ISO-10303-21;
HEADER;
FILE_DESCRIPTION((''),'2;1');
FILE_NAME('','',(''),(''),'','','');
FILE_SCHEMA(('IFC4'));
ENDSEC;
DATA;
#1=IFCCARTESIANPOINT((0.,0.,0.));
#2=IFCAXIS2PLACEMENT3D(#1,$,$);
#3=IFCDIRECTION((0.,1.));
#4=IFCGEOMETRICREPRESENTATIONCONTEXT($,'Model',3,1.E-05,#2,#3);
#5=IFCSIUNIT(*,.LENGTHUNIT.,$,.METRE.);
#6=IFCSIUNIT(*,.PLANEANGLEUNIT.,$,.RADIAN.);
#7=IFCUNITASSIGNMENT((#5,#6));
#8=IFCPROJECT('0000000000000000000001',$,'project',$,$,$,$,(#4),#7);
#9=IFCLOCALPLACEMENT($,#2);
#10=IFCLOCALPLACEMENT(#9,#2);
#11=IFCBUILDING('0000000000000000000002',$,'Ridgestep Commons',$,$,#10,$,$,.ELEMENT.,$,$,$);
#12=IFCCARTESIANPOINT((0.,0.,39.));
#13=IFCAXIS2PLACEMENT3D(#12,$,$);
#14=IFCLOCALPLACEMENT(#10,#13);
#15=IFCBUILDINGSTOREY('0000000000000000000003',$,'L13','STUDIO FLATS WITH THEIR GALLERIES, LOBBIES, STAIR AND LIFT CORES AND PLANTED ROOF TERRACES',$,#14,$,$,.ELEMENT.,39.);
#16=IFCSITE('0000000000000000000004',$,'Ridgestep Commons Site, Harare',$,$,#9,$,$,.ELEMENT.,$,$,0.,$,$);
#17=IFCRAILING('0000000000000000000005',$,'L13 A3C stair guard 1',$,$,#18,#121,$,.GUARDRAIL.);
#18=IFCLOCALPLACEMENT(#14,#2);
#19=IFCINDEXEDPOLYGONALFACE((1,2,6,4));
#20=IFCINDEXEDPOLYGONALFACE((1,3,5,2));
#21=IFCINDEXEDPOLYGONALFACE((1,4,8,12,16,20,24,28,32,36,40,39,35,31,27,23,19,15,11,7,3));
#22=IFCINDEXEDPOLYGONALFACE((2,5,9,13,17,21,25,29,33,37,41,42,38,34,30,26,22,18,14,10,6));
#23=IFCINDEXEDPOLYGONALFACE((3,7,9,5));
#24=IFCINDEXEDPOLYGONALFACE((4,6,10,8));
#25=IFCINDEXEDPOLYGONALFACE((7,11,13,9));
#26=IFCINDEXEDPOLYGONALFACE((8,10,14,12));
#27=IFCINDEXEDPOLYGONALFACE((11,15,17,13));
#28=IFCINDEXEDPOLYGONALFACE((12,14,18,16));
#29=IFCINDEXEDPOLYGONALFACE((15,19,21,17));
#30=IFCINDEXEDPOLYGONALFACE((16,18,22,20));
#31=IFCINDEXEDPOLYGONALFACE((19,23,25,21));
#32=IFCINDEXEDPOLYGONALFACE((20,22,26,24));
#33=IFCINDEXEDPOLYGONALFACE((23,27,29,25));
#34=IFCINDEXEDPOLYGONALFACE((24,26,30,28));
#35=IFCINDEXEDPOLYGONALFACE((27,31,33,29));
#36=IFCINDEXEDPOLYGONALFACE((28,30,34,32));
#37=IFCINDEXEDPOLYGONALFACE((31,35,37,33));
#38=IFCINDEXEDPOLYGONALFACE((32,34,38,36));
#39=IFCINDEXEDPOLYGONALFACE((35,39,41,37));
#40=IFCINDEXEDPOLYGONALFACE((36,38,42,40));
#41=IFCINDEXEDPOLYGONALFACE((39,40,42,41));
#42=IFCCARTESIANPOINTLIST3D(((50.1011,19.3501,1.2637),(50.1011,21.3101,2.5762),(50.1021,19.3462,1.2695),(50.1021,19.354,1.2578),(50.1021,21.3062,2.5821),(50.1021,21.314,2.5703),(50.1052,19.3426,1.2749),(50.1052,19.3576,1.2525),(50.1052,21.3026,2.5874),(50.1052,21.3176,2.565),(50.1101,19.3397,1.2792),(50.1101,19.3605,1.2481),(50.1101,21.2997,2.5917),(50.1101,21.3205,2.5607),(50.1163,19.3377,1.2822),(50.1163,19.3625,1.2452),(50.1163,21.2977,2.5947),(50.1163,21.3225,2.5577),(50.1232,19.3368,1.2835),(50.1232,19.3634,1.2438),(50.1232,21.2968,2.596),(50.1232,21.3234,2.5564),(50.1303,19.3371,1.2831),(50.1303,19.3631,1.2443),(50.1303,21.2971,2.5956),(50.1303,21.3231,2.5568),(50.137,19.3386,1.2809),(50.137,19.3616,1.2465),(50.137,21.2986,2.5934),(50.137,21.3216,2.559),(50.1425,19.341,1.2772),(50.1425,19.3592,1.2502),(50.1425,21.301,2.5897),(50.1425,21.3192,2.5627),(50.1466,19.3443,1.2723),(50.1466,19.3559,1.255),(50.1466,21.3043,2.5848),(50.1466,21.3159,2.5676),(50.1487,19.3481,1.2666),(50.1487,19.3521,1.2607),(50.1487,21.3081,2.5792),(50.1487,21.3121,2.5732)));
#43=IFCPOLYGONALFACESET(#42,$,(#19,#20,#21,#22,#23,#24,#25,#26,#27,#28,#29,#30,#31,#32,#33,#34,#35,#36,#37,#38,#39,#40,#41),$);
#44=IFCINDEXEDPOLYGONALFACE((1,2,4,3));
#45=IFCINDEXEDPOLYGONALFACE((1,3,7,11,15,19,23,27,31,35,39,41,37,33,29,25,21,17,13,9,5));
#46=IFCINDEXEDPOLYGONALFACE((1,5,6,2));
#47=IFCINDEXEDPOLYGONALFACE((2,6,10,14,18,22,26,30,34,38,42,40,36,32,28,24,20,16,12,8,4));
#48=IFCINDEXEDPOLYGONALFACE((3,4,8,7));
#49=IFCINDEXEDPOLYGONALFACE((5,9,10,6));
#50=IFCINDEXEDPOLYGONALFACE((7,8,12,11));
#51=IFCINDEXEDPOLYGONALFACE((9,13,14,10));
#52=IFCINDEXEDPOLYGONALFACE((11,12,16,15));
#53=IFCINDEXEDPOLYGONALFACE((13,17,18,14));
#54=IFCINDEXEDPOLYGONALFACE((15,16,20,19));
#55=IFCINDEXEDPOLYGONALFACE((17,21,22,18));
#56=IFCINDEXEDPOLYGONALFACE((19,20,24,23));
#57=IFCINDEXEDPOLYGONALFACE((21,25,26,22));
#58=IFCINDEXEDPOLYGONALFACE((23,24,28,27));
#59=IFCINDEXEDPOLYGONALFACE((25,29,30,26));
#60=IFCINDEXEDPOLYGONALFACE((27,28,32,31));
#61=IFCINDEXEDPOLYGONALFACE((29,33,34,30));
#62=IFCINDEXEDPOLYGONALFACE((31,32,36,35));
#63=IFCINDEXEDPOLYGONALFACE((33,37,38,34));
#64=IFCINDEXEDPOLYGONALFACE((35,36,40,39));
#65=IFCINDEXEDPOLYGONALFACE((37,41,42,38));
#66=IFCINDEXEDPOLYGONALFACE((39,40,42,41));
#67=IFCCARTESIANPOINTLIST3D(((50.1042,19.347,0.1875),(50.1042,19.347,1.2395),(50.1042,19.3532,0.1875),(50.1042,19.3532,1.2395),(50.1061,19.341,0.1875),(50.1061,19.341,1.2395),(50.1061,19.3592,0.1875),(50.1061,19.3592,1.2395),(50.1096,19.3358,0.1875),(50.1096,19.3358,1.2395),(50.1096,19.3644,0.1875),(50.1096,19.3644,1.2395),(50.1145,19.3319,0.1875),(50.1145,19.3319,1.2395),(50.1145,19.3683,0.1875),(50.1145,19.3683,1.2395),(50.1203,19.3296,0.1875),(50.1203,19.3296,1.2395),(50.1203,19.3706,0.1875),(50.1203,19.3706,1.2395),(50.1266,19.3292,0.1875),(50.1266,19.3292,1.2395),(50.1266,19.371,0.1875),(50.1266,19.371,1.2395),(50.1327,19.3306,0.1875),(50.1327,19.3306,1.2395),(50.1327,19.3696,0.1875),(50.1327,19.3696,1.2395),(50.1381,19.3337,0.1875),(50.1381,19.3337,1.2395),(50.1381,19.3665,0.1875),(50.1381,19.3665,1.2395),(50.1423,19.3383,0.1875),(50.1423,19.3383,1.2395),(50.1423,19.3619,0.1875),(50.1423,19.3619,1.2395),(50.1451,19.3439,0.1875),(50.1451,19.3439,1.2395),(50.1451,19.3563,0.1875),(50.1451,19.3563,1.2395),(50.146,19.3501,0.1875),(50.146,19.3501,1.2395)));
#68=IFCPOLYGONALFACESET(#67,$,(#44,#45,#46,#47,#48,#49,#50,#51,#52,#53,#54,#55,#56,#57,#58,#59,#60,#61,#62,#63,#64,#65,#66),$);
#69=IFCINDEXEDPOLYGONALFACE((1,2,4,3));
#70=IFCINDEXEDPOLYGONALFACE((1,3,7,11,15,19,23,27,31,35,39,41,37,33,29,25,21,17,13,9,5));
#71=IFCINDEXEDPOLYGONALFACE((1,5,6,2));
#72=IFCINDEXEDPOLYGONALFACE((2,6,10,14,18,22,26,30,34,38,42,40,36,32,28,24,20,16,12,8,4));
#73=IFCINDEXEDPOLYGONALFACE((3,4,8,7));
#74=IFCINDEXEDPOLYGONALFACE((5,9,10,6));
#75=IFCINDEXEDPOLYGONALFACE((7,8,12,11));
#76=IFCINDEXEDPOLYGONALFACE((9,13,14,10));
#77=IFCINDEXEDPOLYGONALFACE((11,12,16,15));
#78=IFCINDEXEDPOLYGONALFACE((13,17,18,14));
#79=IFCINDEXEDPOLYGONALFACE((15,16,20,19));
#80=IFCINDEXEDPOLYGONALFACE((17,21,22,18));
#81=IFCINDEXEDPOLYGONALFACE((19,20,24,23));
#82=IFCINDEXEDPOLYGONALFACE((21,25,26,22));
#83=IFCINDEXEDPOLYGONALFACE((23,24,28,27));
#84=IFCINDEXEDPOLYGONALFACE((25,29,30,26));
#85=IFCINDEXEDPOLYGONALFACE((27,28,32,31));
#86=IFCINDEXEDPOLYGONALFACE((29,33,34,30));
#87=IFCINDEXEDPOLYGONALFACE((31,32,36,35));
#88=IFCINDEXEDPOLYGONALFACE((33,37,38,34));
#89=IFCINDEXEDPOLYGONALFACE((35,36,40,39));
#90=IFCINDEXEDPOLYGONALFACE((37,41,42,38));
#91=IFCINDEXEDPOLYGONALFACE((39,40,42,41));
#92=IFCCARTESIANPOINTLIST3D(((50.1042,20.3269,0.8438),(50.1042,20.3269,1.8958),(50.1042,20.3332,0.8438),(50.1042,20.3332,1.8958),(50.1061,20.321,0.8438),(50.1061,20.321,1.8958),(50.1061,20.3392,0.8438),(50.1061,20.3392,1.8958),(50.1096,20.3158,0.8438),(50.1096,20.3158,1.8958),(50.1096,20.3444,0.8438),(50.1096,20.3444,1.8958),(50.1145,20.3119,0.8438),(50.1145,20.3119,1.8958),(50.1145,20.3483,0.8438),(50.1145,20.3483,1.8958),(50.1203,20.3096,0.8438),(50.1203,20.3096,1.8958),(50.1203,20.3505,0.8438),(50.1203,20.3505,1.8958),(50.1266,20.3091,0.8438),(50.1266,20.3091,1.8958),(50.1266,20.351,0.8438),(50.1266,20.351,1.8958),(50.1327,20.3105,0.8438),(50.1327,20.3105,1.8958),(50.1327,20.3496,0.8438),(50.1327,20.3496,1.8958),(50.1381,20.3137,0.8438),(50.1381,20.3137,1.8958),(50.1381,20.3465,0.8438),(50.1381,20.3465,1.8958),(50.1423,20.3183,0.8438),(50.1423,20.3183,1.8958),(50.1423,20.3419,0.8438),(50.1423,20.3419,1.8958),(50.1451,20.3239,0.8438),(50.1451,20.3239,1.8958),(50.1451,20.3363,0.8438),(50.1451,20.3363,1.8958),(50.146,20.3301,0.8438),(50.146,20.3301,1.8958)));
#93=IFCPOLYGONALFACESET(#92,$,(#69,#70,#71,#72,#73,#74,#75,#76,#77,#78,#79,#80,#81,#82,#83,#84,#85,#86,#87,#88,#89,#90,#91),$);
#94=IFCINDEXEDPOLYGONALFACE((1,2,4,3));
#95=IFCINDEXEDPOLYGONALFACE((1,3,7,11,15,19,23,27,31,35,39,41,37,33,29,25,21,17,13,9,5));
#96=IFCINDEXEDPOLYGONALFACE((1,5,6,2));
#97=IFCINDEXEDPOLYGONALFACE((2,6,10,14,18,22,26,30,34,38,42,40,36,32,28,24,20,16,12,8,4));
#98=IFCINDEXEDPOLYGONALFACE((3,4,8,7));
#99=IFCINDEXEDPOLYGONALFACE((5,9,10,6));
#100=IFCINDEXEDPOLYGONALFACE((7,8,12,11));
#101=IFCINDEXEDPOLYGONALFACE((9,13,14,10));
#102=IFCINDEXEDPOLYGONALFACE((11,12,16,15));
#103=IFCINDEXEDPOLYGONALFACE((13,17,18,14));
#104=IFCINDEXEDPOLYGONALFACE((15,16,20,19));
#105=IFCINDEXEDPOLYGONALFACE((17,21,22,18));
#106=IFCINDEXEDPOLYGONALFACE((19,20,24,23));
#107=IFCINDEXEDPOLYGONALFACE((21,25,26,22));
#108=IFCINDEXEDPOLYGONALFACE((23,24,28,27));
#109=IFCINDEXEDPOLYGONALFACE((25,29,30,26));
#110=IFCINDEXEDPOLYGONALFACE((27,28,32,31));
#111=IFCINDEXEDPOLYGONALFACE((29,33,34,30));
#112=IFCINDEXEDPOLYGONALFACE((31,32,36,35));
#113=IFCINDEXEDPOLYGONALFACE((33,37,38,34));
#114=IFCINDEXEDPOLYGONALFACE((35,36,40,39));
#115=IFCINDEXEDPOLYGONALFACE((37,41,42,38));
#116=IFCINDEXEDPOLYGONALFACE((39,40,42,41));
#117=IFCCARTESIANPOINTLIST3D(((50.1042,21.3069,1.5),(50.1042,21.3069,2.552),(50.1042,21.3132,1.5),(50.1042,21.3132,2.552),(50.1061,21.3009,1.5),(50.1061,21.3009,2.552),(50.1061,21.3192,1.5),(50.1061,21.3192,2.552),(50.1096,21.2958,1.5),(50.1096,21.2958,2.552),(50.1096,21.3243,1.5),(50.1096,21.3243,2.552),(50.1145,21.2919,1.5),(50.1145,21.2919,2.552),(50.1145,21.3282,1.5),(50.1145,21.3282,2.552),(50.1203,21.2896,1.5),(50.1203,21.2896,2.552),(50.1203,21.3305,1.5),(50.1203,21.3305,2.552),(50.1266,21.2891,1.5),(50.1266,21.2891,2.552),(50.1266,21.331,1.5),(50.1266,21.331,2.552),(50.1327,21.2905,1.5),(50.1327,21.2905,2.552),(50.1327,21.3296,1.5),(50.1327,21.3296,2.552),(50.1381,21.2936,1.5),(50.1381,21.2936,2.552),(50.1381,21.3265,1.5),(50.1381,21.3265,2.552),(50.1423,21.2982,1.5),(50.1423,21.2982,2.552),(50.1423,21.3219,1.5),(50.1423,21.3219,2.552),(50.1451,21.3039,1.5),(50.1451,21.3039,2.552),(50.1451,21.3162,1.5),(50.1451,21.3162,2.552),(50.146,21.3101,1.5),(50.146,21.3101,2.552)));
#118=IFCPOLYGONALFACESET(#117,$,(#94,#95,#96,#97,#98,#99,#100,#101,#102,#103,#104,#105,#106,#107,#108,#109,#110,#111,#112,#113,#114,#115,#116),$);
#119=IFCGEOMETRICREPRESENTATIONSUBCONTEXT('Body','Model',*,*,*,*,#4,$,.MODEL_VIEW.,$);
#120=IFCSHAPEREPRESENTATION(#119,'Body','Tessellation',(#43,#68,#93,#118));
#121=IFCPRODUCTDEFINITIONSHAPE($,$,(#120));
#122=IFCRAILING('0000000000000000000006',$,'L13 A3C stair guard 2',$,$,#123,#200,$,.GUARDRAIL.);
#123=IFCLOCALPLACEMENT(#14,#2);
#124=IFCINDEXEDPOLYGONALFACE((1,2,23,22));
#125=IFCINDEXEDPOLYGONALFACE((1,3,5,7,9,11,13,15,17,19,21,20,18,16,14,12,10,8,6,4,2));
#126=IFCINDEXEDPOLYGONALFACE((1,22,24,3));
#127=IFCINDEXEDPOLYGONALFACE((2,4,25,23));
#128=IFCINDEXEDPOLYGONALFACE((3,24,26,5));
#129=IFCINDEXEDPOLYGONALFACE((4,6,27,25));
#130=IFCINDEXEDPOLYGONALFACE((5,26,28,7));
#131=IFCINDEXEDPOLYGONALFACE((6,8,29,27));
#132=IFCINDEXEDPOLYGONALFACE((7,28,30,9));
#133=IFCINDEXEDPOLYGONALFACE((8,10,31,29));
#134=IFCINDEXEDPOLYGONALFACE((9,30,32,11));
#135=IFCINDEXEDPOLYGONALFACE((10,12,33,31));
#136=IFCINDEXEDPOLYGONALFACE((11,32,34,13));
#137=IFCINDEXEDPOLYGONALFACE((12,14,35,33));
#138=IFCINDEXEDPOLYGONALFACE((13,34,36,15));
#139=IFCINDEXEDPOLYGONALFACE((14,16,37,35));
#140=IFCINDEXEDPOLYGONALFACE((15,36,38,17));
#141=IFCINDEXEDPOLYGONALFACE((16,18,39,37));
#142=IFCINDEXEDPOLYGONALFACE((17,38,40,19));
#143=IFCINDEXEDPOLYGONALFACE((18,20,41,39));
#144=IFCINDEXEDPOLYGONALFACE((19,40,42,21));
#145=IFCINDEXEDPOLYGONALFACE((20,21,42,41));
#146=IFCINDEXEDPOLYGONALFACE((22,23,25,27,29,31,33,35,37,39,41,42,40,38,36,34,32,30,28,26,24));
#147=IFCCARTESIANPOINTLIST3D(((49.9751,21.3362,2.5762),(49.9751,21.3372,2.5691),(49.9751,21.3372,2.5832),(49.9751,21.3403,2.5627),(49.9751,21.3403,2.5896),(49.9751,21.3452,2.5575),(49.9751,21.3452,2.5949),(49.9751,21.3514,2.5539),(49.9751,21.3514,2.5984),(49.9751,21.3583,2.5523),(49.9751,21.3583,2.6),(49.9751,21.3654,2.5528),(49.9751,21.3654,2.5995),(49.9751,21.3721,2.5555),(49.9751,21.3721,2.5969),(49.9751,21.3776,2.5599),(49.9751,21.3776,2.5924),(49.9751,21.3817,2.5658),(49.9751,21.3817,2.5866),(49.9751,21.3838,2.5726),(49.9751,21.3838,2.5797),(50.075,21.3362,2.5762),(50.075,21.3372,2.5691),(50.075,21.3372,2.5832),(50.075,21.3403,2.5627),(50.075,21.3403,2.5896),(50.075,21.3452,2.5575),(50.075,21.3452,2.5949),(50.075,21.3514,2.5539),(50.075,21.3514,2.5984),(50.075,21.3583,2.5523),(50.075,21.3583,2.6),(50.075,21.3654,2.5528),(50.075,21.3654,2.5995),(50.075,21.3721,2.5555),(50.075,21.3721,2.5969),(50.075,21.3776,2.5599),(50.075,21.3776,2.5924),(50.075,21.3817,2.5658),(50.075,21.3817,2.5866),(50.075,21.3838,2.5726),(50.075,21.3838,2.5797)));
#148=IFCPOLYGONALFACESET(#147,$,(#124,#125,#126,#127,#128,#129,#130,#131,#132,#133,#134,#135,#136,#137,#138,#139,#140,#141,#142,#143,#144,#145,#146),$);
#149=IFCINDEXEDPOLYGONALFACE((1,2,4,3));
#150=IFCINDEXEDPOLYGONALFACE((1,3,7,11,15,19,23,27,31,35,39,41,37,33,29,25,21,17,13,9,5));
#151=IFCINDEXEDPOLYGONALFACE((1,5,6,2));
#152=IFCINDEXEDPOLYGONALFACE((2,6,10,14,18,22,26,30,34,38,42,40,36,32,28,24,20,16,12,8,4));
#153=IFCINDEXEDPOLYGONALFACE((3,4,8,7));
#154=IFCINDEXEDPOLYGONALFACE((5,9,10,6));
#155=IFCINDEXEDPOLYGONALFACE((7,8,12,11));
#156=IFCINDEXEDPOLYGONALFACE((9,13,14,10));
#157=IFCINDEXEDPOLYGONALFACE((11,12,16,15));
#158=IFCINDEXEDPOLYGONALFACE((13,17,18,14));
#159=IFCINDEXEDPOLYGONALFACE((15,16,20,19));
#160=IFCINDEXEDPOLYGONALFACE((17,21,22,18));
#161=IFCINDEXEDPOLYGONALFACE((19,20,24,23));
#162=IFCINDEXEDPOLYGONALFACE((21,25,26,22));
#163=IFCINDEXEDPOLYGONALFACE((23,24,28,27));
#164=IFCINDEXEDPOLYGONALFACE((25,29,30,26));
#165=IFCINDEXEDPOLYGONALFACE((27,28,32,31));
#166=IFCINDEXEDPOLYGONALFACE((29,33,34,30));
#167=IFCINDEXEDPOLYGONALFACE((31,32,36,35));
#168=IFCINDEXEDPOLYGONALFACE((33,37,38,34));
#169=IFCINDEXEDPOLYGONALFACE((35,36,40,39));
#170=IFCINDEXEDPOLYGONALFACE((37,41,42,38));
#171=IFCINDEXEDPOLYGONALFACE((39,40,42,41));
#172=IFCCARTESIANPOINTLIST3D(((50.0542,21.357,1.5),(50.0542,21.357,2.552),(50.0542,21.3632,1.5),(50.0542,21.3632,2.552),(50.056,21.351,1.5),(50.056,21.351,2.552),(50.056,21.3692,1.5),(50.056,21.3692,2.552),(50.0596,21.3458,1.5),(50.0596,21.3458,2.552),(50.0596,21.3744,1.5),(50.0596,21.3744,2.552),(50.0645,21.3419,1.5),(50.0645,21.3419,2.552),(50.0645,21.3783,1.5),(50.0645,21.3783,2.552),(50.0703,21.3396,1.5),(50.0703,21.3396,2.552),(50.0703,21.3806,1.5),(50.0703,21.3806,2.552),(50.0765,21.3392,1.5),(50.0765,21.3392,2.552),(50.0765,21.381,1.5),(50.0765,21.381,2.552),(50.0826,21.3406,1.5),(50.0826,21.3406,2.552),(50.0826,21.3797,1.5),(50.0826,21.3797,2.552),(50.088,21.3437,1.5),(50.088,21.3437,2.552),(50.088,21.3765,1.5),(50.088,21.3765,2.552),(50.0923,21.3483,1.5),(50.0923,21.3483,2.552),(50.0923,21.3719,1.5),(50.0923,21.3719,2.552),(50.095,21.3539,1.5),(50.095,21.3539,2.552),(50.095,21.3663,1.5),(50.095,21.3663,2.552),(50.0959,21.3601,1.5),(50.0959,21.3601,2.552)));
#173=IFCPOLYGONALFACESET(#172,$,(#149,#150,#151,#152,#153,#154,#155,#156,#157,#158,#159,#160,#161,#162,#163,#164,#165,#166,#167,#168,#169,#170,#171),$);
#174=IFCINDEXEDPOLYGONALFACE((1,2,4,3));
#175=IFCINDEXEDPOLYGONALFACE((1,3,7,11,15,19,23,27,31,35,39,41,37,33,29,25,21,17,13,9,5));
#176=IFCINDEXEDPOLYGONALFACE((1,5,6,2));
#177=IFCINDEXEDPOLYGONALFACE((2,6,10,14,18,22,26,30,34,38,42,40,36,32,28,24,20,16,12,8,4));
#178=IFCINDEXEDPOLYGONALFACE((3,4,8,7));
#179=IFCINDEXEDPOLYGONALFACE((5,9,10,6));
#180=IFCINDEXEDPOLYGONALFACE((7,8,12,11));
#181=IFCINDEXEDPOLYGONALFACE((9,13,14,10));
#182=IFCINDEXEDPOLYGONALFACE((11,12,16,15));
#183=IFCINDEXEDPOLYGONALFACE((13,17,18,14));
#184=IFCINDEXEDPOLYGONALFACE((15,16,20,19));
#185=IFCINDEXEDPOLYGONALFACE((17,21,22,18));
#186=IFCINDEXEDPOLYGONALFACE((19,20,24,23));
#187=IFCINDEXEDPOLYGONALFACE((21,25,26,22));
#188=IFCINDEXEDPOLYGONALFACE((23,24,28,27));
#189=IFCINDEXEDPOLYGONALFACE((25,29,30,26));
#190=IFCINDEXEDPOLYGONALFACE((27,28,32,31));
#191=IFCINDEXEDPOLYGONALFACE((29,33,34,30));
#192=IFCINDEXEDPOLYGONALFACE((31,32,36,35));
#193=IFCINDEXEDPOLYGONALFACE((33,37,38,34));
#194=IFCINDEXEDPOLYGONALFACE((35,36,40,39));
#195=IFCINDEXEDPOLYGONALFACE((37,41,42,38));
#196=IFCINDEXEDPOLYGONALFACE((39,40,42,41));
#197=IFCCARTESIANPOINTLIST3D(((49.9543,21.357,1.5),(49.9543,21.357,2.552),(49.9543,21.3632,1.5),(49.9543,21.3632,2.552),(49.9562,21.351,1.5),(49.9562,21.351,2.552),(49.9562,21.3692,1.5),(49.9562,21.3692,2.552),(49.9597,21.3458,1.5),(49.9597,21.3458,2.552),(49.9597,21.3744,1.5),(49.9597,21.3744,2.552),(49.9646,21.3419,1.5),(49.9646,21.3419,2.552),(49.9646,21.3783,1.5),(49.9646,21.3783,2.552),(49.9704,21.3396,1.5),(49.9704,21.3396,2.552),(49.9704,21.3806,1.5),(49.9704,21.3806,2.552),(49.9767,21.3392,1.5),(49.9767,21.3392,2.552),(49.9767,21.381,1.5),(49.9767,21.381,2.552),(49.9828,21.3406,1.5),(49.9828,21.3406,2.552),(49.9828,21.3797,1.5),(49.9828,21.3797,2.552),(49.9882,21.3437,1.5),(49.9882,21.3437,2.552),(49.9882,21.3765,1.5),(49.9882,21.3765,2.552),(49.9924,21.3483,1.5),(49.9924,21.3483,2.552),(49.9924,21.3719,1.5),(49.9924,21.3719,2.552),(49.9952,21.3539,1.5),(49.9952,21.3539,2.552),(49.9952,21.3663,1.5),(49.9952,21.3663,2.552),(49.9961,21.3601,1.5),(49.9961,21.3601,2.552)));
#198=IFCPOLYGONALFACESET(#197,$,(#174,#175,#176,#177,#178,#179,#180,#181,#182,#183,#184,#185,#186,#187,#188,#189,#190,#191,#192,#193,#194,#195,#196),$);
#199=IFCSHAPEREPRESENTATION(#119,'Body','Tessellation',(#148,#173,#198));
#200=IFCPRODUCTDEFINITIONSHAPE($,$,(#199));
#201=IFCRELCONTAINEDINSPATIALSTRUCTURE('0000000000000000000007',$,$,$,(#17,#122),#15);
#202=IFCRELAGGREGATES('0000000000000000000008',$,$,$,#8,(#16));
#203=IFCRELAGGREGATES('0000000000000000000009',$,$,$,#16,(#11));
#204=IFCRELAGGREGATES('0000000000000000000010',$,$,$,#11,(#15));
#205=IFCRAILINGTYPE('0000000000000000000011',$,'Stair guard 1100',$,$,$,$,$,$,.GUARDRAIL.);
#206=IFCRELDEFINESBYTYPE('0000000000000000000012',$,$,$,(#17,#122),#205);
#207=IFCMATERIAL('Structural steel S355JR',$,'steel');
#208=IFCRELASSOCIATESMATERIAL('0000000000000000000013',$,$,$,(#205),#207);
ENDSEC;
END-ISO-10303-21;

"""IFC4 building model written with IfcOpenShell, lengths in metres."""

from ifc_helpers import new_model, si_unit, direction, frame, origin, origin_2d, place, context, subcontext, project, spatial, circle, extrude, material, type_object, element, save


model = new_model("IFC4")

# Units and contexts
model_context = context("Model", 3, precision=1e-05, world=origin(), true_north=direction((0.0, 1.0)))
body_context = subcontext(model_context, "Body", "Model", "MODEL_VIEW")
ifc_project = project(units=[si_unit("LENGTHUNIT", "METRE"), si_unit("PLANEANGLEUNIT", "RADIAN")], contexts=[model_context])

# Site, building, storey
site_placement = place(None, origin())
site = spatial("IfcSite", under=ifc_project, at=site_placement, Name="Ridgestep Commons Site, Harare", CompositionType="ELEMENT", RefElevation=0.0)
building_placement = place(site_placement, origin())
building = spatial("IfcBuilding", under=site, at=building_placement, Name="Ridgestep Commons", CompositionType="ELEMENT")
storey_placement = place(building_placement, frame((0.0, 0.0, 39.0)))
storey = spatial("IfcBuildingStorey", under=building, at=storey_placement, Name="L13", Description="STUDIO FLATS WITH THEIR GALLERIES, LOBBIES, STAIR AND LIFT CORES AND PLANTED ROOF TERRACES", CompositionType="ELEMENT", Elevation=39.0)

# Railings
ifc_material_1 = material(Name="Structural steel S355JR", Category="steel")
railing_type_1 = type_object("IfcRailingType", Name="Stair guard 1100", PredefinedType="GUARDRAIL", material=ifc_material_1)
railing_1_placement = place(storey_placement, frame((50.125, 19.3501, 0.1875)))
element("IfcRailing", 1, at=railing_1_placement, inside=storey, type_object=railing_type_1, Name="L13 A3C stair guard 1", PredefinedType="GUARDRAIL", context=body_context, shape_type="SweptSolid", body=[
    extrude(circle(Radius=0.0239, at=origin_2d()), frame((0.0, 0.0, 1.0762), z_axis=(0.0, 0.830902, 0.556419), x_axis=(-1.0, 0.0, 0.0)), (0.0, 0.0, 1.0), 2.3589),
    extrude(circle(Radius=0.021, at=origin_2d()), origin(), (0.0, 0.0, 1.0), 1.052),
    extrude(circle(Radius=0.021, at=origin_2d()), frame((0.0, 0.98, 0.6562)), (0.0, 0.0, 1.0), 1.052),
    extrude(circle(Radius=0.021, at=origin_2d()), frame((0.0, 1.96, 1.3125)), (0.0, 0.0, 1.0), 1.052),
])
railing_2_placement = place(storey_placement, frame((50.075, 21.3601, 1.5)))
element("IfcRailing", 2, at=railing_2_placement, inside=storey, type_object=railing_type_1, Name="L13 A3C stair guard 2", PredefinedType="GUARDRAIL", context=body_context, shape_type="SweptSolid", body=[
    extrude(circle(Radius=0.0239, at=origin_2d()), frame((0.0, 0.0, 1.0762), z_axis=(-1.0, 0.0, 0.0), x_axis=(0.0, -1.0, 0.0)), (0.0, 0.0, 1.0), 0.0999),
    extrude(circle(Radius=0.021, at=origin_2d()), origin(), (0.0, 0.0, 1.0), 1.052),
    extrude(circle(Radius=0.021, at=origin_2d()), frame((-0.0999, 0.0, 0.0)), (0.0, 0.0, 1.0), 1.052),
])

save(model, "model.ifc")
